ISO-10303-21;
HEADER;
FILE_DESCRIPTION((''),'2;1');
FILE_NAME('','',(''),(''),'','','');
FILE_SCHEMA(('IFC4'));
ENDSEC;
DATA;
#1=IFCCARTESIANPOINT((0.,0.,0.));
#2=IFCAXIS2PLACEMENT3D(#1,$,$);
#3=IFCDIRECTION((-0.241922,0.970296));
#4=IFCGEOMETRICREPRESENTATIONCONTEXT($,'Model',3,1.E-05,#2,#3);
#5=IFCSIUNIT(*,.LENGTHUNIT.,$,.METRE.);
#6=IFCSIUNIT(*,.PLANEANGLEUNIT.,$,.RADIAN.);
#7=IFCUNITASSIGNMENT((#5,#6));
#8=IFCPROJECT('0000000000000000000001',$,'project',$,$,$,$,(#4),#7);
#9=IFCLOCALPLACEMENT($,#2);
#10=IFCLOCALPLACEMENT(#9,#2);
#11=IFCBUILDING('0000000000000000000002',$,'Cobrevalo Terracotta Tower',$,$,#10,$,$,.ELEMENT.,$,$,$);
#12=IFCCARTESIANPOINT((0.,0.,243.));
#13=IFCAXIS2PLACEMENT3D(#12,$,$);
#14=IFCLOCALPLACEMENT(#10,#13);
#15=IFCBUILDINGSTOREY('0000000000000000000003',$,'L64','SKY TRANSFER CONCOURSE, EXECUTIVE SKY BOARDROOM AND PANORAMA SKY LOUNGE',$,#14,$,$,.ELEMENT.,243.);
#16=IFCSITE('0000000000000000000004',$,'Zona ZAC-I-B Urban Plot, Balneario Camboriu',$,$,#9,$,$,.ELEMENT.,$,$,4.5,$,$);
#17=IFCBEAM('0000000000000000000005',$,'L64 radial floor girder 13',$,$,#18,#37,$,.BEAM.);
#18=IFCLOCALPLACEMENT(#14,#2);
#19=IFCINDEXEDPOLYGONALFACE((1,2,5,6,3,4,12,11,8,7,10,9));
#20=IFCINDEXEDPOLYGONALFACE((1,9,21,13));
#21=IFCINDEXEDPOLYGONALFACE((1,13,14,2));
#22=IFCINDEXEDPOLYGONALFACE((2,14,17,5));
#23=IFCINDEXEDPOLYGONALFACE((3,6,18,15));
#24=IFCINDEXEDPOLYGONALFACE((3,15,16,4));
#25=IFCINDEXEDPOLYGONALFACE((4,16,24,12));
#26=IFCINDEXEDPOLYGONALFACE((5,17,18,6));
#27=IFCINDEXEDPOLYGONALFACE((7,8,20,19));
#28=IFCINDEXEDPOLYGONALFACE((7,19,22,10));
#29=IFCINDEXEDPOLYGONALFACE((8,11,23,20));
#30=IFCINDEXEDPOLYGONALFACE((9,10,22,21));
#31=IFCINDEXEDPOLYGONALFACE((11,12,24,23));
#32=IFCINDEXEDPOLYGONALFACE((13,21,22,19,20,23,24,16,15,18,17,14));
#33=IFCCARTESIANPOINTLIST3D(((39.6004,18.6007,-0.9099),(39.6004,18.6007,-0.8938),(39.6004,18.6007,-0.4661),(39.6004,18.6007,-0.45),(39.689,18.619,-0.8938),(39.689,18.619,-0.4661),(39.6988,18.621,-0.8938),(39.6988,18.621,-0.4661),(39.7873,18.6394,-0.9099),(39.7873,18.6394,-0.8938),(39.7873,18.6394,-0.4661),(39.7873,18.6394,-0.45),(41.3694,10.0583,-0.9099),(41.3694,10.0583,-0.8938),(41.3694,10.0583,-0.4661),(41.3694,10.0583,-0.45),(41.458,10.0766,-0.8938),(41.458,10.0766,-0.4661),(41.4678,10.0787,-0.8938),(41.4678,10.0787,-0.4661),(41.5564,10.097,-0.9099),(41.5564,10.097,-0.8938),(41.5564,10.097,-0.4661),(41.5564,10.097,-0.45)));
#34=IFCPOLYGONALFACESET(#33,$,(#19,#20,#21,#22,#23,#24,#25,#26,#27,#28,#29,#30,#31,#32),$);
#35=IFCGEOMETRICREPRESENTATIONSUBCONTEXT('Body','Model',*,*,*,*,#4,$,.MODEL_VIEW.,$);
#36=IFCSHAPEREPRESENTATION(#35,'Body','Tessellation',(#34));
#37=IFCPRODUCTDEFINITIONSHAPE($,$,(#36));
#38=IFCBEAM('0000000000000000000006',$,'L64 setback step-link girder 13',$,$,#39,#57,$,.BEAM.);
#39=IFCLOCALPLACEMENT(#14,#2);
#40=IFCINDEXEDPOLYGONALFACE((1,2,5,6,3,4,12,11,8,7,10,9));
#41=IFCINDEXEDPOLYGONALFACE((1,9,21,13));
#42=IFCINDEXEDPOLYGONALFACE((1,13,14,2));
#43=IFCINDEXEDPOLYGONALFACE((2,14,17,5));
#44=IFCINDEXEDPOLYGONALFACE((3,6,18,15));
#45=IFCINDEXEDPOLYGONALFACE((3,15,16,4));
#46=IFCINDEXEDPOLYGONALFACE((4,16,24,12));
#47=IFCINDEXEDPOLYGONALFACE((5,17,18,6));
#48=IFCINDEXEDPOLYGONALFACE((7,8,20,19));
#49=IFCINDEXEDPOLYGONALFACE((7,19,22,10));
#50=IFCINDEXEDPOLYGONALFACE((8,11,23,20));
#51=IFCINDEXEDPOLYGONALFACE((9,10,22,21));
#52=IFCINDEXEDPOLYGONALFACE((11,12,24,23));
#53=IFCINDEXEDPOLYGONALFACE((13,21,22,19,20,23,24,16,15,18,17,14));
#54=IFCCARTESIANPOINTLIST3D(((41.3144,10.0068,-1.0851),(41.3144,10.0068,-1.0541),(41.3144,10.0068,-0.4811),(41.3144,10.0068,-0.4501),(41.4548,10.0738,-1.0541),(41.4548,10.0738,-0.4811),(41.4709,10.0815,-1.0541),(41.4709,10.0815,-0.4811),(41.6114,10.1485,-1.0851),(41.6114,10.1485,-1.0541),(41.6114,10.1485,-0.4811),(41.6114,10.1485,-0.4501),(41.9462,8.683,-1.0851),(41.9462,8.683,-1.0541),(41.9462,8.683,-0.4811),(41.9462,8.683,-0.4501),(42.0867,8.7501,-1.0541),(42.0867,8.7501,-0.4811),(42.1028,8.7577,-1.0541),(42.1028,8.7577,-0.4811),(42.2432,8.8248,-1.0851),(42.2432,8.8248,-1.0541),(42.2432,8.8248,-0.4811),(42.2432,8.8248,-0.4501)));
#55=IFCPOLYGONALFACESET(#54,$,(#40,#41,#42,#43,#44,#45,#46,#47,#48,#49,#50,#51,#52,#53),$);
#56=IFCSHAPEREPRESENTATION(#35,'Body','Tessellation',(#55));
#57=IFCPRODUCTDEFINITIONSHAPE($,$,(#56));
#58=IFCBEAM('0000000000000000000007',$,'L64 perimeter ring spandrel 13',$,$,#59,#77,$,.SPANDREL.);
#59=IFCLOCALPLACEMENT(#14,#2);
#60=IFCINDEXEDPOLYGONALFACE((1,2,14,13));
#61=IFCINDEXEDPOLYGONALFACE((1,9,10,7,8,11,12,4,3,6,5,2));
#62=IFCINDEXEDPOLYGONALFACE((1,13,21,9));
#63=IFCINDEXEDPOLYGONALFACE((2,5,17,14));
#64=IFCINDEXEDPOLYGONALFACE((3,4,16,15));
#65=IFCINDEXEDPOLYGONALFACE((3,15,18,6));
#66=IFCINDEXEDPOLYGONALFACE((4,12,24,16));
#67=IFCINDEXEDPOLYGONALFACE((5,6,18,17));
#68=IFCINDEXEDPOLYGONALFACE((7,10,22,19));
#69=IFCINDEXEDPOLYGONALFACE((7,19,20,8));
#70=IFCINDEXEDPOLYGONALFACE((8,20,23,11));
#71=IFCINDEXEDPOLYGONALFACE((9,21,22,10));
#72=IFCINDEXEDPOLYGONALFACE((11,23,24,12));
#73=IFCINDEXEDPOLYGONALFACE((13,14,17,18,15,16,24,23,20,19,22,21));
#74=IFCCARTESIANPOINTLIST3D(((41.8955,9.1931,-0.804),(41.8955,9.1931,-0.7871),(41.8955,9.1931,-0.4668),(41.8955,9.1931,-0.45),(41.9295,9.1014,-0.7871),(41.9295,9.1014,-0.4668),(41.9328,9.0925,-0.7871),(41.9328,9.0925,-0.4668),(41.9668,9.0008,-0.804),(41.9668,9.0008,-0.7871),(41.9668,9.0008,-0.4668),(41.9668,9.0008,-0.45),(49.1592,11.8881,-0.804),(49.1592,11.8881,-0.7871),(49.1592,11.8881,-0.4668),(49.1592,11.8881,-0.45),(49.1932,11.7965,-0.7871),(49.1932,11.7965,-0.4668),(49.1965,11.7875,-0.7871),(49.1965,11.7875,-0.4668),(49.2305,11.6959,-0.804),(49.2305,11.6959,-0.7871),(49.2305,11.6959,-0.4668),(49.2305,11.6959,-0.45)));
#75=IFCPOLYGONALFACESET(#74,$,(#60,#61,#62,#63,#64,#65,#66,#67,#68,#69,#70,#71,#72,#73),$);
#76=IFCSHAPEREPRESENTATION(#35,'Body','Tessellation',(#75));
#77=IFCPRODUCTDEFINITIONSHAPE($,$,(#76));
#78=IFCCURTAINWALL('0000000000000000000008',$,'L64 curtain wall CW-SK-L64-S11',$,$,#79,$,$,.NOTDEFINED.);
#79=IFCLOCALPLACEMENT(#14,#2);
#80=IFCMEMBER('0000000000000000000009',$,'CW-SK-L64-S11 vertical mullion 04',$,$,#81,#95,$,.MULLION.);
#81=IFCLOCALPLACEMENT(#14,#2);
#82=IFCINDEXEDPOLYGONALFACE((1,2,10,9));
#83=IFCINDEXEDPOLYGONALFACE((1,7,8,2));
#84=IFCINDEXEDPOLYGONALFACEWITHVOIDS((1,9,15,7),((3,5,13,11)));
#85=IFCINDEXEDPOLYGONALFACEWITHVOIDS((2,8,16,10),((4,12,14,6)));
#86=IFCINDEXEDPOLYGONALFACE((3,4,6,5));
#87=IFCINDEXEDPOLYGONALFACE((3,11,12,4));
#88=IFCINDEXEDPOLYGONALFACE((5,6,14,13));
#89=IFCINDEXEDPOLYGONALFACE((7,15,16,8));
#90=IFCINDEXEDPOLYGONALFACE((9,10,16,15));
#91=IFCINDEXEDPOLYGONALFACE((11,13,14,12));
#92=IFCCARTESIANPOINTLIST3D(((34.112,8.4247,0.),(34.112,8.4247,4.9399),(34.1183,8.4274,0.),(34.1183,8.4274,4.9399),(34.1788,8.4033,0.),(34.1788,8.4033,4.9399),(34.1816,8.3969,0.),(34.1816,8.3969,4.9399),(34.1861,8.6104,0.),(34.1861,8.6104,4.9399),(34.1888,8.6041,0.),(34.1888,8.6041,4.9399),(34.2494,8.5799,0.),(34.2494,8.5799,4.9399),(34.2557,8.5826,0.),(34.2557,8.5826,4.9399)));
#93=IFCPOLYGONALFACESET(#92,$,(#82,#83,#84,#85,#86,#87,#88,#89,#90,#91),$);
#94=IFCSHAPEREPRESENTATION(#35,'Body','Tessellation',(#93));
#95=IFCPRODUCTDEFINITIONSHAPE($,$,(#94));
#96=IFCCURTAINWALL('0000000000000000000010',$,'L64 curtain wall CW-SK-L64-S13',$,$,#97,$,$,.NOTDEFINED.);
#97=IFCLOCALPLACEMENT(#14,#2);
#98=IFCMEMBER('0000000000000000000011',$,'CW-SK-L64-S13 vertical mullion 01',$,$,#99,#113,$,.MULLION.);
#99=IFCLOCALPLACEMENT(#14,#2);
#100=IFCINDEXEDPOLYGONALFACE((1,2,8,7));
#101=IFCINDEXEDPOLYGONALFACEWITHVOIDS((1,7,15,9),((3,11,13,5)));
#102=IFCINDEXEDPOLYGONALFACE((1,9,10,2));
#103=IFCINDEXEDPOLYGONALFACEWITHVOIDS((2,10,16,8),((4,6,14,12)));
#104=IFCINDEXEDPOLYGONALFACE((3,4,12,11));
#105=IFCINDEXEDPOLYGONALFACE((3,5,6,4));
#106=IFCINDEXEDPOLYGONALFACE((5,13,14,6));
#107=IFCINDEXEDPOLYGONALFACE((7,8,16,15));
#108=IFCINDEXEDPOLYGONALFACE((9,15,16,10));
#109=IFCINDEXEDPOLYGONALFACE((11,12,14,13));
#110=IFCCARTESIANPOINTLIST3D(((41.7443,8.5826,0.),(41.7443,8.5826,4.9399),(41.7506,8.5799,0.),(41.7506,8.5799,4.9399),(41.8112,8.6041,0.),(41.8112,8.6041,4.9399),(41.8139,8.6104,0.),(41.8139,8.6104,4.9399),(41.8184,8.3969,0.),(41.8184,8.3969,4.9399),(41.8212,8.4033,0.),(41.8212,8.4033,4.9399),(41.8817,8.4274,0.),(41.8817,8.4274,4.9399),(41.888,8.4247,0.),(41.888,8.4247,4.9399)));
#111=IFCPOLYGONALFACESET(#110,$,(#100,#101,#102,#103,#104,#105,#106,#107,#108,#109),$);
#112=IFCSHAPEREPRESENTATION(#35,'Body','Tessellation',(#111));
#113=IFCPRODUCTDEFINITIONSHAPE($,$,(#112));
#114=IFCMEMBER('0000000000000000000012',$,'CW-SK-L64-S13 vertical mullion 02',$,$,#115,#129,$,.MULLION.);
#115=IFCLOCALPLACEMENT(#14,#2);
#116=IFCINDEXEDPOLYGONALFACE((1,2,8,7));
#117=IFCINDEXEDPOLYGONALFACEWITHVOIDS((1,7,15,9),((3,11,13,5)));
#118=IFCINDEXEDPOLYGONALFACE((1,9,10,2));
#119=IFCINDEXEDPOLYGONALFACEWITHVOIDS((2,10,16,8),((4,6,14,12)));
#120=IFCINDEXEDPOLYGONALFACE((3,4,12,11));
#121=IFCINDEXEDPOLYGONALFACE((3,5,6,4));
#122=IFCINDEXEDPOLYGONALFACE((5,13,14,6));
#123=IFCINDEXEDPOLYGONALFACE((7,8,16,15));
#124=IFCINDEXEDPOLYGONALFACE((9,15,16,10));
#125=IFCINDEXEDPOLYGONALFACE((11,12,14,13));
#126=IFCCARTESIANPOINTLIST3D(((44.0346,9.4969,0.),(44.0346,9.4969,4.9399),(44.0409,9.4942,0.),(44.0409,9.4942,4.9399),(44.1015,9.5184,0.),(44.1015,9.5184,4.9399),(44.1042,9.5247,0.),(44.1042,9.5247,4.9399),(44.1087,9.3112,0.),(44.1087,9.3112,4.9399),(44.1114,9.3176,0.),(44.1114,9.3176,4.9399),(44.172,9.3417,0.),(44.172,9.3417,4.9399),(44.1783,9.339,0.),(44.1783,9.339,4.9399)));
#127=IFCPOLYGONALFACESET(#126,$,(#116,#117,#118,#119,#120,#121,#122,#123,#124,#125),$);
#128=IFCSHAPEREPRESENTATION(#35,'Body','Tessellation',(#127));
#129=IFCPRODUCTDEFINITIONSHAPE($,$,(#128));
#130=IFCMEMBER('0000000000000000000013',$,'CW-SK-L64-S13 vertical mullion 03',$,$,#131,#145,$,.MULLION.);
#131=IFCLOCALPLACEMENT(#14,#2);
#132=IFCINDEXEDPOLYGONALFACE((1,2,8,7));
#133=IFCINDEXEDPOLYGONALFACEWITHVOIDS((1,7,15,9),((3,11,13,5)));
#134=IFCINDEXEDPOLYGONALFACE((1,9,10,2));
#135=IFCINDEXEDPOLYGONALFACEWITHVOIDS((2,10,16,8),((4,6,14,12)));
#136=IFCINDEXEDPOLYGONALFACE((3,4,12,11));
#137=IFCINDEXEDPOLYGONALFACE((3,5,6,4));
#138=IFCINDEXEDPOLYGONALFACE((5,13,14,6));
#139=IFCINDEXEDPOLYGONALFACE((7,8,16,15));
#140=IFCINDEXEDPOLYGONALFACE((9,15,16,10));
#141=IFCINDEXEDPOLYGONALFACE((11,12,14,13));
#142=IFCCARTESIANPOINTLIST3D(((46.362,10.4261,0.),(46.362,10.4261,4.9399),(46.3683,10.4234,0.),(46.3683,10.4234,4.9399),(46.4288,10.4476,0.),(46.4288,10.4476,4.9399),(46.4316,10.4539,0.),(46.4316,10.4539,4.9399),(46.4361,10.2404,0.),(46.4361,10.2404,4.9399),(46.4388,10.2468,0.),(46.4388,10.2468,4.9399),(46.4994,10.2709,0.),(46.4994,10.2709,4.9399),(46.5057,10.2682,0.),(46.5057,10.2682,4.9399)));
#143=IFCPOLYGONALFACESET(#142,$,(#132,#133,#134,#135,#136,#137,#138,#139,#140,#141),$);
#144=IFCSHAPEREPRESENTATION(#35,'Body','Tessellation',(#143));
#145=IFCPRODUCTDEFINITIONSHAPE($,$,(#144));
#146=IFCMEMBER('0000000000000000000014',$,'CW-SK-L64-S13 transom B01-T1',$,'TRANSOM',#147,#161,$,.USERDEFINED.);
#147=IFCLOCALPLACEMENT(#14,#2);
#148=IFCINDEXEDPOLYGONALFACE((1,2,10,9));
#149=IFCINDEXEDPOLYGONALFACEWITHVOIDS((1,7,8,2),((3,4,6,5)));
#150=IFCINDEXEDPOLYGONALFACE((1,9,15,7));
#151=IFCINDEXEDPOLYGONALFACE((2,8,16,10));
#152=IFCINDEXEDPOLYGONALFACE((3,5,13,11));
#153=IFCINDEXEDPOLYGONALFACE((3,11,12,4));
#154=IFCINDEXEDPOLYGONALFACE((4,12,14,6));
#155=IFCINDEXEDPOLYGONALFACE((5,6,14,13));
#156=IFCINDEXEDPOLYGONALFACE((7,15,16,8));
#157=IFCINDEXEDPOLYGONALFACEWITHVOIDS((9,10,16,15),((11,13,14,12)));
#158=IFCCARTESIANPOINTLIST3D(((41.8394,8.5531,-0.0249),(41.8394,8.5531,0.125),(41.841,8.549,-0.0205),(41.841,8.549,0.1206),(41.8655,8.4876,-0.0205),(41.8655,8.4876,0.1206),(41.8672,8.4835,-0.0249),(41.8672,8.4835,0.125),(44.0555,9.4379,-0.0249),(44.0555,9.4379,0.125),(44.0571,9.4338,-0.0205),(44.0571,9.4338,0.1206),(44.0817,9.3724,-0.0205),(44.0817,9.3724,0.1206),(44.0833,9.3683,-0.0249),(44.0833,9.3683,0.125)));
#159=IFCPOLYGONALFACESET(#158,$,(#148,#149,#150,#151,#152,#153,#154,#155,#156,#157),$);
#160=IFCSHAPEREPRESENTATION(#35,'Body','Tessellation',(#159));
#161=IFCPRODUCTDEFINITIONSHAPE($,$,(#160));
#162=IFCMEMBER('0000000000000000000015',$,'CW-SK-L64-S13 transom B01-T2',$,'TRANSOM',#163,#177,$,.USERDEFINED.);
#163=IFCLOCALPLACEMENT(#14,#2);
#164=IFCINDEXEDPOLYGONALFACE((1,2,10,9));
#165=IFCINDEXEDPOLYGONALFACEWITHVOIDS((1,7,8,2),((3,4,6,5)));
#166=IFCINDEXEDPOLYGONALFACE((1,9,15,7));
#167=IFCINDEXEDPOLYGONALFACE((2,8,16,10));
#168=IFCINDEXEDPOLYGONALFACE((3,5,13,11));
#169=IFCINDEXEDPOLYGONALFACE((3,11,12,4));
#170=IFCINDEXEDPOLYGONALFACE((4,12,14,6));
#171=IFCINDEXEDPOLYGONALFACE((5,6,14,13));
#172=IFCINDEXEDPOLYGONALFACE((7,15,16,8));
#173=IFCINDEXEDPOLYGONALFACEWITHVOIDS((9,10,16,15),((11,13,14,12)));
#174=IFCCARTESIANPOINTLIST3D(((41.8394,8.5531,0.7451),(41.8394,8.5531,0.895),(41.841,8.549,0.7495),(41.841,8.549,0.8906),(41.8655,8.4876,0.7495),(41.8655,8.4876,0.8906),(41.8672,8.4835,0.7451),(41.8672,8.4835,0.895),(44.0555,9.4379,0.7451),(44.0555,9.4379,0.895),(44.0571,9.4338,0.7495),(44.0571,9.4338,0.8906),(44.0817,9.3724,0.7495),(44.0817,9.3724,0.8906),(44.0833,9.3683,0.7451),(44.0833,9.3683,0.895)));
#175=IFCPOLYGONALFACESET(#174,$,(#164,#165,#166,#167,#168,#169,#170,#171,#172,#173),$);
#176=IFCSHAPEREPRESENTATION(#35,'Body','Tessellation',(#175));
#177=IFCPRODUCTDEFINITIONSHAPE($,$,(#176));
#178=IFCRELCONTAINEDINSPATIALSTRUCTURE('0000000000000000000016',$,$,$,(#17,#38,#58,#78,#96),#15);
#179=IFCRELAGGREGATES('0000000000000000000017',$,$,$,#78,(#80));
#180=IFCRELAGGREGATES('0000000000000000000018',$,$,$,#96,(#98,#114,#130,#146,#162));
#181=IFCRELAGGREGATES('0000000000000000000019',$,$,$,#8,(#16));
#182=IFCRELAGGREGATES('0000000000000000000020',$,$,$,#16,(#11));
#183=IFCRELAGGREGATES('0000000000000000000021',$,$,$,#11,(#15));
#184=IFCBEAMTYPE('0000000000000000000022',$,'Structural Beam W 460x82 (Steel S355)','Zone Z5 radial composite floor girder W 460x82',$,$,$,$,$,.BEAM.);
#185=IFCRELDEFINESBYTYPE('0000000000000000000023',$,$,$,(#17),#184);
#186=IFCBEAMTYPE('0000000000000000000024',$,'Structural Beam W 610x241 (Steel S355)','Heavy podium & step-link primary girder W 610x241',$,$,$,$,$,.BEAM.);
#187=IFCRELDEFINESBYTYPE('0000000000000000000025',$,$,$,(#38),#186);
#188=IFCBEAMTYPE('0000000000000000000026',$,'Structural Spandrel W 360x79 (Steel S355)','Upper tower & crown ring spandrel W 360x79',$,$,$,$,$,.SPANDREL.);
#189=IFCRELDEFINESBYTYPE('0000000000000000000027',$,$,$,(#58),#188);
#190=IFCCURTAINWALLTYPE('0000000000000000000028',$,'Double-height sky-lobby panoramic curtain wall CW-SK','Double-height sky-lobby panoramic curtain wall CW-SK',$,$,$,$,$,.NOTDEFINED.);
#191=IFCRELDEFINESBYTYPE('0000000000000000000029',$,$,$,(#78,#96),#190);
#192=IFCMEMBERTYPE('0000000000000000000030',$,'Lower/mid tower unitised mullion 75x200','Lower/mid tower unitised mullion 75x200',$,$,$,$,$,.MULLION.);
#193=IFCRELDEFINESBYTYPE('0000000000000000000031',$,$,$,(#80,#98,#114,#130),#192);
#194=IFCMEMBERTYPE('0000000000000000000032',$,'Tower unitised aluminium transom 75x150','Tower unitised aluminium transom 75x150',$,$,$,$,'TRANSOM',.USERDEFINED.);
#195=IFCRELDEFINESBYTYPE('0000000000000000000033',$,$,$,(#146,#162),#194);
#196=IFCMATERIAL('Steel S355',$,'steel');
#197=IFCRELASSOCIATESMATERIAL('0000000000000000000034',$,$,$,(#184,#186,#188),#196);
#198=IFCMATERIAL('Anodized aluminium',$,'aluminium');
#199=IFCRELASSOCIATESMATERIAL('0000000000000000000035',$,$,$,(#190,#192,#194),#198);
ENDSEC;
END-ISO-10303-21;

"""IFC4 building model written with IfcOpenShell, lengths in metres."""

from ifc_helpers import new_model, si_unit, direction, frame, origin, origin_2d, place, context, subcontext, project, spatial, hollow_rectangle, i_section, extrude, source, transform, mapped, material, material_profile, profile_set, type_object, element, aggregate, save


model = new_model("IFC4")

# Units and contexts
model_context = context("Model", 3, precision=1e-05, world=origin(), true_north=direction((-0.241922, 0.970296)))
body_context = subcontext(model_context, "Body", "Model", "MODEL_VIEW")
ifc_project = project(units=[si_unit("LENGTHUNIT", "METRE"), si_unit("PLANEANGLEUNIT", "RADIAN")], contexts=[model_context])

# Site, building, storey
site_placement = place(None, origin())
site = spatial("IfcSite", under=ifc_project, at=site_placement, Name="Zona ZAC-I-B Urban Plot, Balneario Camboriu", CompositionType="ELEMENT", RefElevation=4.5)
building_placement = place(site_placement, origin())
building = spatial("IfcBuilding", under=site, at=building_placement, Name="Cobrevalo Terracotta Tower", CompositionType="ELEMENT")
storey_placement = place(building_placement, frame((0.0, 0.0, 243.0)))
storey = spatial("IfcBuildingStorey", under=building, at=storey_placement, Name="L64", Description="SKY TRANSFER CONCOURSE, EXECUTIVE SKY BOARDROOM AND PANORAMA SKY LOUNGE", CompositionType="ELEMENT", Elevation=243.0)

# Shared definitions
ifc_material_1 = material(Name="Steel S355", Category="steel")

# Beams
ifc_material_profile_1 = material_profile(ifc_material_1, i_section(OverallWidth=0.1909, OverallDepth=0.46, WebThickness=0.01, FlangeThickness=0.0161, at=origin_2d()), Name="W 460x82")
ifc_profile_set_1 = profile_set([ifc_material_profile_1], Name="Steel S355")
beam_type_1 = type_object("IfcBeamType", Name="Structural Beam W 460x82 (Steel S355)", Description="Zone Z5 radial composite floor girder W 460x82", PredefinedType="BEAM", material=ifc_profile_set_1)
for number, where, z_axis, x_axis, name in (
    (1, (41.4629, 10.0776, -0.6799), (-0.202785, 0.979223, 0.0), (-0.979223, -0.202785, 0.0), "L64 radial floor girder 13"),
):
    element("IfcBeam", number, at=place(storey_placement, frame(where, z_axis=z_axis, x_axis=x_axis)), inside=storey, type_object=beam_type_1, Name=name, PredefinedType="BEAM", context=body_context, shape_type="SweptSolid", body=[
        extrude(i_section(OverallWidth=0.1909, OverallDepth=0.46, WebThickness=0.01, FlangeThickness=0.0161, at=origin_2d()), origin(), (0.0, 0.0, 1.0), 8.7236),
    ])
ifc_material_profile_2 = material_profile(ifc_material_1, i_section(OverallWidth=0.3291, OverallDepth=0.635, WebThickness=0.0178, FlangeThickness=0.031, at=origin_2d()), Name="W 610x241")
ifc_profile_set_2 = profile_set([ifc_material_profile_2], Name="Steel S355")
beam_type_2 = type_object("IfcBeamType", Name="Structural Beam W 610x241 (Steel S355)", Description="Heavy podium & step-link primary girder W 610x241", PredefinedType="BEAM", material=ifc_profile_set_2)
beam_1_placement = place(storey_placement, frame((42.0947, 8.7539, -0.7676), z_axis=(-0.43076, 0.902466, 0.0), x_axis=(-0.902466, -0.43076, 0.0)))
element("IfcBeam", 2, at=beam_1_placement, inside=storey, type_object=beam_type_2, Name="L64 setback step-link girder 13", PredefinedType="BEAM", context=body_context, shape_type="SweptSolid", body=[
    extrude(i_section(OverallWidth=0.3291, OverallDepth=0.635, WebThickness=0.0178, FlangeThickness=0.031, at=origin_2d()), origin(), (0.0, 0.0, 1.0), 1.4668),
])
ifc_material_profile_3 = material_profile(ifc_material_1, i_section(OverallWidth=0.2051, OverallDepth=0.354, WebThickness=0.0095, FlangeThickness=0.0168, at=origin_2d()), Name="W 360x79")
ifc_profile_set_3 = profile_set([ifc_material_profile_3], Name="Steel S355")
beam_type_3 = type_object("IfcBeamType", Name="Structural Spandrel W 360x79 (Steel S355)", Description="Upper tower & crown ring spandrel W 360x79", PredefinedType="SPANDREL", material=ifc_profile_set_3)
beam_2_placement = place(storey_placement, frame((41.9312, 9.0969, -0.627), z_axis=(0.937546, 0.347861, 0.0), x_axis=(-0.347861, 0.937546, 0.0)))
element("IfcBeam", 3, at=beam_2_placement, inside=storey, type_object=beam_type_3, Name="L64 perimeter ring spandrel 13", PredefinedType="SPANDREL", context=body_context, shape_type="SweptSolid", body=[
    extrude(i_section(OverallWidth=0.2051, OverallDepth=0.354, WebThickness=0.0095, FlangeThickness=0.0168, at=origin_2d()), origin(), (0.0, 0.0, 1.0), 7.7476),
])

# Curtain wall, member
ifc_material_2 = material(Name="Anodized aluminium", Category="aluminium")
curtain_wall_type = type_object("IfcCurtainWallType", Name="Double-height sky-lobby panoramic curtain wall CW-SK", Description="Double-height sky-lobby panoramic curtain wall CW-SK", PredefinedType="NOTDEFINED", material=ifc_material_2)
curtain_wall_1_placement = place(storey_placement, origin())
curtain_wall_1 = element("IfcCurtainWall", 4, at=curtain_wall_1_placement, inside=storey, type_object=curtain_wall_type, Name="L64 curtain wall CW-SK-L64-S11", PredefinedType="NOTDEFINED")
ifc_material_profile_4 = material_profile(ifc_material_2, hollow_rectangle(XDim=0.075, YDim=0.2, WallThickness=0.0049, at=origin_2d()), Name="CWM 75x200")
ifc_profile_set_4 = profile_set([ifc_material_profile_4], Name="Anodized aluminium")
member_type_1 = type_object("IfcMemberType", Name="Lower/mid tower unitised mullion 75x200", Description="Lower/mid tower unitised mullion 75x200", PredefinedType="MULLION", material=ifc_profile_set_4)
shared_shape_1 = source(origin(), body_context, "Body", "SweptSolid", [
    extrude(hollow_rectangle(XDim=0.075, YDim=0.2, WallThickness=0.0049, at=origin_2d()), origin(), (0.0, 0.0, 1.0), 4.9399),
])
member_1_placement = place(storey_placement, frame((34.1838, 8.5037, 0.0), z_axis=(0.0, 0.0, 1.0), x_axis=(0.928719, -0.370784, 0.0)))
member_1 = element("IfcMember", 5, at=member_1_placement, type_object=member_type_1, Name="CW-SK-L64-S11 vertical mullion 04", PredefinedType="MULLION", context=body_context, shape_type="MappedRepresentation", body=[
    mapped(shared_shape_1, transform((0.0, 0.0, 0.0), scale=1.0)),
])
aggregate(curtain_wall_1, [member_1])

# Curtain wall, members
curtain_wall_2_placement = place(storey_placement, origin())
curtain_wall_2 = element("IfcCurtainWall", 6, at=curtain_wall_2_placement, inside=storey, type_object=curtain_wall_type, Name="L64 curtain wall CW-SK-L64-S13", PredefinedType="NOTDEFINED")
member_2_placement = place(storey_placement, frame((41.8162, 8.5037, 0.0), z_axis=(0.0, 0.0, 1.0), x_axis=(0.928719, 0.370784, 0.0)))
member_2 = element("IfcMember", 7, at=member_2_placement, type_object=member_type_1, Name="CW-SK-L64-S13 vertical mullion 01", PredefinedType="MULLION", context=body_context, shape_type="MappedRepresentation", body=[
    mapped(shared_shape_1, transform((0.0, 0.0, 0.0), scale=1.0)),
])
member_3_placement = place(storey_placement, frame((44.1064, 9.418, 0.0), z_axis=(0.0, 0.0, 1.0), x_axis=(0.928719, 0.370784, 0.0)))
member_3 = element("IfcMember", 8, at=member_3_placement, type_object=member_type_1, Name="CW-SK-L64-S13 vertical mullion 02", PredefinedType="MULLION", context=body_context, shape_type="MappedRepresentation", body=[
    mapped(shared_shape_1, transform((0.0, 0.0, 0.0), scale=1.0)),
])
member_4_placement = place(storey_placement, frame((46.4338, 10.3472, 0.0), z_axis=(0.0, 0.0, 1.0), x_axis=(0.928719, 0.370784, 0.0)))
member_4 = element("IfcMember", 9, at=member_4_placement, type_object=member_type_1, Name="CW-SK-L64-S13 vertical mullion 03", PredefinedType="MULLION", context=body_context, shape_type="MappedRepresentation", body=[
    mapped(shared_shape_1, transform((0.0, 0.0, 0.0), scale=1.0)),
])
ifc_material_profile_5 = material_profile(ifc_material_2, hollow_rectangle(XDim=0.075, YDim=0.1499, WallThickness=0.0044, at=origin_2d()), Name="CWT 75x150")
ifc_profile_set_5 = profile_set([ifc_material_profile_5], Name="Anodized aluminium")
member_type_2 = type_object("IfcMemberType", Name="Tower unitised aluminium transom 75x150", Description="Tower unitised aluminium transom 75x150", ElementType="TRANSOM", PredefinedType="USERDEFINED", material=ifc_profile_set_5)
shared_shape_2 = source(origin(), body_context, "Body", "SweptSolid", [
    extrude(hollow_rectangle(XDim=0.075, YDim=0.1499, WallThickness=0.0044, at=origin_2d()), origin(), (0.0, 0.0, 1.0), 2.3862),
])
member_5_placement = place(storey_placement, frame((41.8533, 8.5183, 0.05), z_axis=(0.928716, 0.370791, 0.0), x_axis=(-0.370791, 0.928716, 0.0)))
member_5 = element("IfcMember", 10, at=member_5_placement, type_object=member_type_2, Name="CW-SK-L64-S13 transom B01-T1", ObjectType="TRANSOM", PredefinedType="USERDEFINED", context=body_context, shape_type="MappedRepresentation", body=[
    mapped(shared_shape_2, transform((0.0, 0.0, 0.0), scale=1.0)),
])
member_6_placement = place(storey_placement, frame((41.8533, 8.5183, 0.8201), z_axis=(0.928716, 0.370791, 0.0), x_axis=(-0.370791, 0.928716, 0.0)))
member_6 = element("IfcMember", 11, at=member_6_placement, type_object=member_type_2, Name="CW-SK-L64-S13 transom B01-T2", ObjectType="TRANSOM", PredefinedType="USERDEFINED", context=body_context, shape_type="MappedRepresentation", body=[
    mapped(shared_shape_2, transform((0.0, 0.0, 0.0), scale=1.0)),
])
aggregate(curtain_wall_2, [member_2, member_3, member_4, member_5, member_6])

save(model, "model.ifc")
